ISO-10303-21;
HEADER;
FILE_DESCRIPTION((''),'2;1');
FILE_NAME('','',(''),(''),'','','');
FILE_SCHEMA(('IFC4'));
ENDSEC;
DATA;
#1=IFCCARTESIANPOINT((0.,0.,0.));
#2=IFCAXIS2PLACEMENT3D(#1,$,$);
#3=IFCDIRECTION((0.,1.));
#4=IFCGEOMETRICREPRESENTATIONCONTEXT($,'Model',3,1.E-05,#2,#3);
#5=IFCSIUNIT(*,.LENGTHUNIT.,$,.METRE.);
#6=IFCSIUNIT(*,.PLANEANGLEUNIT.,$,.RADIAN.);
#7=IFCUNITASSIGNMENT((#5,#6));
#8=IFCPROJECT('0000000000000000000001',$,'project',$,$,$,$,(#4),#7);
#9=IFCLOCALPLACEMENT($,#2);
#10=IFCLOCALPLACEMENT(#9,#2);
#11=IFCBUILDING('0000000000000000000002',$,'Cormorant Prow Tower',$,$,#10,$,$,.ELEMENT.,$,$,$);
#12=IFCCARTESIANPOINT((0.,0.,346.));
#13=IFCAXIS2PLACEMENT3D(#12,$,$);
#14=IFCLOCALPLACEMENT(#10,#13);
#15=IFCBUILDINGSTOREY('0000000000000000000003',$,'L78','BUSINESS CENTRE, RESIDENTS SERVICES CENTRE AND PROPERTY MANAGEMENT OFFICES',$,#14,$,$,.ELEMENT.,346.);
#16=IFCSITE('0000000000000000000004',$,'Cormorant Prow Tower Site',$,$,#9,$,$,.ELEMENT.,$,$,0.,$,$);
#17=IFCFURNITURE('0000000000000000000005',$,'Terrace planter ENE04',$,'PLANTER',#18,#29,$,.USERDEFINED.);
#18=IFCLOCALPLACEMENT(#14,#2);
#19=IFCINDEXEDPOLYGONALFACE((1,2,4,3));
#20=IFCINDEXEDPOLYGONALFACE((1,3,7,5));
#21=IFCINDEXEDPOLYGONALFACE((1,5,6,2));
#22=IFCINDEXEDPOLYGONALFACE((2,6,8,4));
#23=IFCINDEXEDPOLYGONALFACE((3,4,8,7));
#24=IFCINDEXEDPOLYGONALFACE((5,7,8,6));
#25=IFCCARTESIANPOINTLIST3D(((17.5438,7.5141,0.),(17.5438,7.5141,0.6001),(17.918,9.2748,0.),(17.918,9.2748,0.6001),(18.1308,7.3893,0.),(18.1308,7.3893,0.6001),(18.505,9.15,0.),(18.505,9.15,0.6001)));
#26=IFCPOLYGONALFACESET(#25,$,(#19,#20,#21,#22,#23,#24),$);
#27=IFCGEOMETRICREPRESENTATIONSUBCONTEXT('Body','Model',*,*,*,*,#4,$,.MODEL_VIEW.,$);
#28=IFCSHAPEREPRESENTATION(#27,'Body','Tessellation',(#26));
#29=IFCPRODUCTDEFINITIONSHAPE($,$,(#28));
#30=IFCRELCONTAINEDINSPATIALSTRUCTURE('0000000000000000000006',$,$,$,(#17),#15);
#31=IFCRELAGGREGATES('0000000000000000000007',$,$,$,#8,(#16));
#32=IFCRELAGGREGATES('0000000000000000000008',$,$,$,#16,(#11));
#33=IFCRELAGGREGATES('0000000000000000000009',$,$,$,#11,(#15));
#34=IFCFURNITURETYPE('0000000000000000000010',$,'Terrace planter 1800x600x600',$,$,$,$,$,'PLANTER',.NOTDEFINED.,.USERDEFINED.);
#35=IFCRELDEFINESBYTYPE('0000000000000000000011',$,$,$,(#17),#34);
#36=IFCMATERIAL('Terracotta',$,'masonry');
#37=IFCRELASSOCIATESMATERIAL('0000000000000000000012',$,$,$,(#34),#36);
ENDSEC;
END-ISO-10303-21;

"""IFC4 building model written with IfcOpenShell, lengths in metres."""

from ifc_helpers import new_model, si_unit, direction, frame, origin, origin_2d, place, context, subcontext, project, spatial, rectangle, extrude, material, type_object, element, save


model = new_model("IFC4")

# Units and contexts
model_context = context("Model", 3, precision=1e-05, world=origin(), true_north=direction((0.0, 1.0)))
body_context = subcontext(model_context, "Body", "Model", "MODEL_VIEW")
ifc_project = project(units=[si_unit("LENGTHUNIT", "METRE"), si_unit("PLANEANGLEUNIT", "RADIAN")], contexts=[model_context])

# Site, building, storey
site_placement = place(None, origin())
site = spatial("IfcSite", under=ifc_project, at=site_placement, Name="Cormorant Prow Tower Site", CompositionType="ELEMENT", RefElevation=0.0)
building_placement = place(site_placement, origin())
building = spatial("IfcBuilding", under=site, at=building_placement, Name="Cormorant Prow Tower", CompositionType="ELEMENT")
storey_placement = place(building_placement, frame((0.0, 0.0, 346.0)))
storey = spatial("IfcBuildingStorey", under=building, at=storey_placement, Name="L78", Description="BUSINESS CENTRE, RESIDENTS SERVICES CENTRE AND PROPERTY MANAGEMENT OFFICES", CompositionType="ELEMENT", Elevation=346.0)

# Furniture
ifc_material_1 = material(Name="Terracotta", Category="masonry")
furniture_type = type_object("IfcFurnitureType", Name="Terrace planter 1800x600x600", ElementType="PLANTER", AssemblyPlace="NOTDEFINED", PredefinedType="USERDEFINED", material=ifc_material_1)
furniture_placement = place(storey_placement, frame((18.0244, 8.332, 0.0), z_axis=(0.0, 0.0, 1.0), x_axis=(0.207912, 0.978148, 0.0)))
element("IfcFurniture", 1, at=furniture_placement, inside=storey, type_object=furniture_type, Name="Terrace planter ENE04", ObjectType="PLANTER", PredefinedType="USERDEFINED", context=body_context, shape_type="SweptSolid", body=[
    extrude(rectangle(XDim=1.8, YDim=0.6001, at=origin_2d()), origin(), (0.0, 0.0, 1.0), 0.6001),
])

save(model, "model.ifc")
